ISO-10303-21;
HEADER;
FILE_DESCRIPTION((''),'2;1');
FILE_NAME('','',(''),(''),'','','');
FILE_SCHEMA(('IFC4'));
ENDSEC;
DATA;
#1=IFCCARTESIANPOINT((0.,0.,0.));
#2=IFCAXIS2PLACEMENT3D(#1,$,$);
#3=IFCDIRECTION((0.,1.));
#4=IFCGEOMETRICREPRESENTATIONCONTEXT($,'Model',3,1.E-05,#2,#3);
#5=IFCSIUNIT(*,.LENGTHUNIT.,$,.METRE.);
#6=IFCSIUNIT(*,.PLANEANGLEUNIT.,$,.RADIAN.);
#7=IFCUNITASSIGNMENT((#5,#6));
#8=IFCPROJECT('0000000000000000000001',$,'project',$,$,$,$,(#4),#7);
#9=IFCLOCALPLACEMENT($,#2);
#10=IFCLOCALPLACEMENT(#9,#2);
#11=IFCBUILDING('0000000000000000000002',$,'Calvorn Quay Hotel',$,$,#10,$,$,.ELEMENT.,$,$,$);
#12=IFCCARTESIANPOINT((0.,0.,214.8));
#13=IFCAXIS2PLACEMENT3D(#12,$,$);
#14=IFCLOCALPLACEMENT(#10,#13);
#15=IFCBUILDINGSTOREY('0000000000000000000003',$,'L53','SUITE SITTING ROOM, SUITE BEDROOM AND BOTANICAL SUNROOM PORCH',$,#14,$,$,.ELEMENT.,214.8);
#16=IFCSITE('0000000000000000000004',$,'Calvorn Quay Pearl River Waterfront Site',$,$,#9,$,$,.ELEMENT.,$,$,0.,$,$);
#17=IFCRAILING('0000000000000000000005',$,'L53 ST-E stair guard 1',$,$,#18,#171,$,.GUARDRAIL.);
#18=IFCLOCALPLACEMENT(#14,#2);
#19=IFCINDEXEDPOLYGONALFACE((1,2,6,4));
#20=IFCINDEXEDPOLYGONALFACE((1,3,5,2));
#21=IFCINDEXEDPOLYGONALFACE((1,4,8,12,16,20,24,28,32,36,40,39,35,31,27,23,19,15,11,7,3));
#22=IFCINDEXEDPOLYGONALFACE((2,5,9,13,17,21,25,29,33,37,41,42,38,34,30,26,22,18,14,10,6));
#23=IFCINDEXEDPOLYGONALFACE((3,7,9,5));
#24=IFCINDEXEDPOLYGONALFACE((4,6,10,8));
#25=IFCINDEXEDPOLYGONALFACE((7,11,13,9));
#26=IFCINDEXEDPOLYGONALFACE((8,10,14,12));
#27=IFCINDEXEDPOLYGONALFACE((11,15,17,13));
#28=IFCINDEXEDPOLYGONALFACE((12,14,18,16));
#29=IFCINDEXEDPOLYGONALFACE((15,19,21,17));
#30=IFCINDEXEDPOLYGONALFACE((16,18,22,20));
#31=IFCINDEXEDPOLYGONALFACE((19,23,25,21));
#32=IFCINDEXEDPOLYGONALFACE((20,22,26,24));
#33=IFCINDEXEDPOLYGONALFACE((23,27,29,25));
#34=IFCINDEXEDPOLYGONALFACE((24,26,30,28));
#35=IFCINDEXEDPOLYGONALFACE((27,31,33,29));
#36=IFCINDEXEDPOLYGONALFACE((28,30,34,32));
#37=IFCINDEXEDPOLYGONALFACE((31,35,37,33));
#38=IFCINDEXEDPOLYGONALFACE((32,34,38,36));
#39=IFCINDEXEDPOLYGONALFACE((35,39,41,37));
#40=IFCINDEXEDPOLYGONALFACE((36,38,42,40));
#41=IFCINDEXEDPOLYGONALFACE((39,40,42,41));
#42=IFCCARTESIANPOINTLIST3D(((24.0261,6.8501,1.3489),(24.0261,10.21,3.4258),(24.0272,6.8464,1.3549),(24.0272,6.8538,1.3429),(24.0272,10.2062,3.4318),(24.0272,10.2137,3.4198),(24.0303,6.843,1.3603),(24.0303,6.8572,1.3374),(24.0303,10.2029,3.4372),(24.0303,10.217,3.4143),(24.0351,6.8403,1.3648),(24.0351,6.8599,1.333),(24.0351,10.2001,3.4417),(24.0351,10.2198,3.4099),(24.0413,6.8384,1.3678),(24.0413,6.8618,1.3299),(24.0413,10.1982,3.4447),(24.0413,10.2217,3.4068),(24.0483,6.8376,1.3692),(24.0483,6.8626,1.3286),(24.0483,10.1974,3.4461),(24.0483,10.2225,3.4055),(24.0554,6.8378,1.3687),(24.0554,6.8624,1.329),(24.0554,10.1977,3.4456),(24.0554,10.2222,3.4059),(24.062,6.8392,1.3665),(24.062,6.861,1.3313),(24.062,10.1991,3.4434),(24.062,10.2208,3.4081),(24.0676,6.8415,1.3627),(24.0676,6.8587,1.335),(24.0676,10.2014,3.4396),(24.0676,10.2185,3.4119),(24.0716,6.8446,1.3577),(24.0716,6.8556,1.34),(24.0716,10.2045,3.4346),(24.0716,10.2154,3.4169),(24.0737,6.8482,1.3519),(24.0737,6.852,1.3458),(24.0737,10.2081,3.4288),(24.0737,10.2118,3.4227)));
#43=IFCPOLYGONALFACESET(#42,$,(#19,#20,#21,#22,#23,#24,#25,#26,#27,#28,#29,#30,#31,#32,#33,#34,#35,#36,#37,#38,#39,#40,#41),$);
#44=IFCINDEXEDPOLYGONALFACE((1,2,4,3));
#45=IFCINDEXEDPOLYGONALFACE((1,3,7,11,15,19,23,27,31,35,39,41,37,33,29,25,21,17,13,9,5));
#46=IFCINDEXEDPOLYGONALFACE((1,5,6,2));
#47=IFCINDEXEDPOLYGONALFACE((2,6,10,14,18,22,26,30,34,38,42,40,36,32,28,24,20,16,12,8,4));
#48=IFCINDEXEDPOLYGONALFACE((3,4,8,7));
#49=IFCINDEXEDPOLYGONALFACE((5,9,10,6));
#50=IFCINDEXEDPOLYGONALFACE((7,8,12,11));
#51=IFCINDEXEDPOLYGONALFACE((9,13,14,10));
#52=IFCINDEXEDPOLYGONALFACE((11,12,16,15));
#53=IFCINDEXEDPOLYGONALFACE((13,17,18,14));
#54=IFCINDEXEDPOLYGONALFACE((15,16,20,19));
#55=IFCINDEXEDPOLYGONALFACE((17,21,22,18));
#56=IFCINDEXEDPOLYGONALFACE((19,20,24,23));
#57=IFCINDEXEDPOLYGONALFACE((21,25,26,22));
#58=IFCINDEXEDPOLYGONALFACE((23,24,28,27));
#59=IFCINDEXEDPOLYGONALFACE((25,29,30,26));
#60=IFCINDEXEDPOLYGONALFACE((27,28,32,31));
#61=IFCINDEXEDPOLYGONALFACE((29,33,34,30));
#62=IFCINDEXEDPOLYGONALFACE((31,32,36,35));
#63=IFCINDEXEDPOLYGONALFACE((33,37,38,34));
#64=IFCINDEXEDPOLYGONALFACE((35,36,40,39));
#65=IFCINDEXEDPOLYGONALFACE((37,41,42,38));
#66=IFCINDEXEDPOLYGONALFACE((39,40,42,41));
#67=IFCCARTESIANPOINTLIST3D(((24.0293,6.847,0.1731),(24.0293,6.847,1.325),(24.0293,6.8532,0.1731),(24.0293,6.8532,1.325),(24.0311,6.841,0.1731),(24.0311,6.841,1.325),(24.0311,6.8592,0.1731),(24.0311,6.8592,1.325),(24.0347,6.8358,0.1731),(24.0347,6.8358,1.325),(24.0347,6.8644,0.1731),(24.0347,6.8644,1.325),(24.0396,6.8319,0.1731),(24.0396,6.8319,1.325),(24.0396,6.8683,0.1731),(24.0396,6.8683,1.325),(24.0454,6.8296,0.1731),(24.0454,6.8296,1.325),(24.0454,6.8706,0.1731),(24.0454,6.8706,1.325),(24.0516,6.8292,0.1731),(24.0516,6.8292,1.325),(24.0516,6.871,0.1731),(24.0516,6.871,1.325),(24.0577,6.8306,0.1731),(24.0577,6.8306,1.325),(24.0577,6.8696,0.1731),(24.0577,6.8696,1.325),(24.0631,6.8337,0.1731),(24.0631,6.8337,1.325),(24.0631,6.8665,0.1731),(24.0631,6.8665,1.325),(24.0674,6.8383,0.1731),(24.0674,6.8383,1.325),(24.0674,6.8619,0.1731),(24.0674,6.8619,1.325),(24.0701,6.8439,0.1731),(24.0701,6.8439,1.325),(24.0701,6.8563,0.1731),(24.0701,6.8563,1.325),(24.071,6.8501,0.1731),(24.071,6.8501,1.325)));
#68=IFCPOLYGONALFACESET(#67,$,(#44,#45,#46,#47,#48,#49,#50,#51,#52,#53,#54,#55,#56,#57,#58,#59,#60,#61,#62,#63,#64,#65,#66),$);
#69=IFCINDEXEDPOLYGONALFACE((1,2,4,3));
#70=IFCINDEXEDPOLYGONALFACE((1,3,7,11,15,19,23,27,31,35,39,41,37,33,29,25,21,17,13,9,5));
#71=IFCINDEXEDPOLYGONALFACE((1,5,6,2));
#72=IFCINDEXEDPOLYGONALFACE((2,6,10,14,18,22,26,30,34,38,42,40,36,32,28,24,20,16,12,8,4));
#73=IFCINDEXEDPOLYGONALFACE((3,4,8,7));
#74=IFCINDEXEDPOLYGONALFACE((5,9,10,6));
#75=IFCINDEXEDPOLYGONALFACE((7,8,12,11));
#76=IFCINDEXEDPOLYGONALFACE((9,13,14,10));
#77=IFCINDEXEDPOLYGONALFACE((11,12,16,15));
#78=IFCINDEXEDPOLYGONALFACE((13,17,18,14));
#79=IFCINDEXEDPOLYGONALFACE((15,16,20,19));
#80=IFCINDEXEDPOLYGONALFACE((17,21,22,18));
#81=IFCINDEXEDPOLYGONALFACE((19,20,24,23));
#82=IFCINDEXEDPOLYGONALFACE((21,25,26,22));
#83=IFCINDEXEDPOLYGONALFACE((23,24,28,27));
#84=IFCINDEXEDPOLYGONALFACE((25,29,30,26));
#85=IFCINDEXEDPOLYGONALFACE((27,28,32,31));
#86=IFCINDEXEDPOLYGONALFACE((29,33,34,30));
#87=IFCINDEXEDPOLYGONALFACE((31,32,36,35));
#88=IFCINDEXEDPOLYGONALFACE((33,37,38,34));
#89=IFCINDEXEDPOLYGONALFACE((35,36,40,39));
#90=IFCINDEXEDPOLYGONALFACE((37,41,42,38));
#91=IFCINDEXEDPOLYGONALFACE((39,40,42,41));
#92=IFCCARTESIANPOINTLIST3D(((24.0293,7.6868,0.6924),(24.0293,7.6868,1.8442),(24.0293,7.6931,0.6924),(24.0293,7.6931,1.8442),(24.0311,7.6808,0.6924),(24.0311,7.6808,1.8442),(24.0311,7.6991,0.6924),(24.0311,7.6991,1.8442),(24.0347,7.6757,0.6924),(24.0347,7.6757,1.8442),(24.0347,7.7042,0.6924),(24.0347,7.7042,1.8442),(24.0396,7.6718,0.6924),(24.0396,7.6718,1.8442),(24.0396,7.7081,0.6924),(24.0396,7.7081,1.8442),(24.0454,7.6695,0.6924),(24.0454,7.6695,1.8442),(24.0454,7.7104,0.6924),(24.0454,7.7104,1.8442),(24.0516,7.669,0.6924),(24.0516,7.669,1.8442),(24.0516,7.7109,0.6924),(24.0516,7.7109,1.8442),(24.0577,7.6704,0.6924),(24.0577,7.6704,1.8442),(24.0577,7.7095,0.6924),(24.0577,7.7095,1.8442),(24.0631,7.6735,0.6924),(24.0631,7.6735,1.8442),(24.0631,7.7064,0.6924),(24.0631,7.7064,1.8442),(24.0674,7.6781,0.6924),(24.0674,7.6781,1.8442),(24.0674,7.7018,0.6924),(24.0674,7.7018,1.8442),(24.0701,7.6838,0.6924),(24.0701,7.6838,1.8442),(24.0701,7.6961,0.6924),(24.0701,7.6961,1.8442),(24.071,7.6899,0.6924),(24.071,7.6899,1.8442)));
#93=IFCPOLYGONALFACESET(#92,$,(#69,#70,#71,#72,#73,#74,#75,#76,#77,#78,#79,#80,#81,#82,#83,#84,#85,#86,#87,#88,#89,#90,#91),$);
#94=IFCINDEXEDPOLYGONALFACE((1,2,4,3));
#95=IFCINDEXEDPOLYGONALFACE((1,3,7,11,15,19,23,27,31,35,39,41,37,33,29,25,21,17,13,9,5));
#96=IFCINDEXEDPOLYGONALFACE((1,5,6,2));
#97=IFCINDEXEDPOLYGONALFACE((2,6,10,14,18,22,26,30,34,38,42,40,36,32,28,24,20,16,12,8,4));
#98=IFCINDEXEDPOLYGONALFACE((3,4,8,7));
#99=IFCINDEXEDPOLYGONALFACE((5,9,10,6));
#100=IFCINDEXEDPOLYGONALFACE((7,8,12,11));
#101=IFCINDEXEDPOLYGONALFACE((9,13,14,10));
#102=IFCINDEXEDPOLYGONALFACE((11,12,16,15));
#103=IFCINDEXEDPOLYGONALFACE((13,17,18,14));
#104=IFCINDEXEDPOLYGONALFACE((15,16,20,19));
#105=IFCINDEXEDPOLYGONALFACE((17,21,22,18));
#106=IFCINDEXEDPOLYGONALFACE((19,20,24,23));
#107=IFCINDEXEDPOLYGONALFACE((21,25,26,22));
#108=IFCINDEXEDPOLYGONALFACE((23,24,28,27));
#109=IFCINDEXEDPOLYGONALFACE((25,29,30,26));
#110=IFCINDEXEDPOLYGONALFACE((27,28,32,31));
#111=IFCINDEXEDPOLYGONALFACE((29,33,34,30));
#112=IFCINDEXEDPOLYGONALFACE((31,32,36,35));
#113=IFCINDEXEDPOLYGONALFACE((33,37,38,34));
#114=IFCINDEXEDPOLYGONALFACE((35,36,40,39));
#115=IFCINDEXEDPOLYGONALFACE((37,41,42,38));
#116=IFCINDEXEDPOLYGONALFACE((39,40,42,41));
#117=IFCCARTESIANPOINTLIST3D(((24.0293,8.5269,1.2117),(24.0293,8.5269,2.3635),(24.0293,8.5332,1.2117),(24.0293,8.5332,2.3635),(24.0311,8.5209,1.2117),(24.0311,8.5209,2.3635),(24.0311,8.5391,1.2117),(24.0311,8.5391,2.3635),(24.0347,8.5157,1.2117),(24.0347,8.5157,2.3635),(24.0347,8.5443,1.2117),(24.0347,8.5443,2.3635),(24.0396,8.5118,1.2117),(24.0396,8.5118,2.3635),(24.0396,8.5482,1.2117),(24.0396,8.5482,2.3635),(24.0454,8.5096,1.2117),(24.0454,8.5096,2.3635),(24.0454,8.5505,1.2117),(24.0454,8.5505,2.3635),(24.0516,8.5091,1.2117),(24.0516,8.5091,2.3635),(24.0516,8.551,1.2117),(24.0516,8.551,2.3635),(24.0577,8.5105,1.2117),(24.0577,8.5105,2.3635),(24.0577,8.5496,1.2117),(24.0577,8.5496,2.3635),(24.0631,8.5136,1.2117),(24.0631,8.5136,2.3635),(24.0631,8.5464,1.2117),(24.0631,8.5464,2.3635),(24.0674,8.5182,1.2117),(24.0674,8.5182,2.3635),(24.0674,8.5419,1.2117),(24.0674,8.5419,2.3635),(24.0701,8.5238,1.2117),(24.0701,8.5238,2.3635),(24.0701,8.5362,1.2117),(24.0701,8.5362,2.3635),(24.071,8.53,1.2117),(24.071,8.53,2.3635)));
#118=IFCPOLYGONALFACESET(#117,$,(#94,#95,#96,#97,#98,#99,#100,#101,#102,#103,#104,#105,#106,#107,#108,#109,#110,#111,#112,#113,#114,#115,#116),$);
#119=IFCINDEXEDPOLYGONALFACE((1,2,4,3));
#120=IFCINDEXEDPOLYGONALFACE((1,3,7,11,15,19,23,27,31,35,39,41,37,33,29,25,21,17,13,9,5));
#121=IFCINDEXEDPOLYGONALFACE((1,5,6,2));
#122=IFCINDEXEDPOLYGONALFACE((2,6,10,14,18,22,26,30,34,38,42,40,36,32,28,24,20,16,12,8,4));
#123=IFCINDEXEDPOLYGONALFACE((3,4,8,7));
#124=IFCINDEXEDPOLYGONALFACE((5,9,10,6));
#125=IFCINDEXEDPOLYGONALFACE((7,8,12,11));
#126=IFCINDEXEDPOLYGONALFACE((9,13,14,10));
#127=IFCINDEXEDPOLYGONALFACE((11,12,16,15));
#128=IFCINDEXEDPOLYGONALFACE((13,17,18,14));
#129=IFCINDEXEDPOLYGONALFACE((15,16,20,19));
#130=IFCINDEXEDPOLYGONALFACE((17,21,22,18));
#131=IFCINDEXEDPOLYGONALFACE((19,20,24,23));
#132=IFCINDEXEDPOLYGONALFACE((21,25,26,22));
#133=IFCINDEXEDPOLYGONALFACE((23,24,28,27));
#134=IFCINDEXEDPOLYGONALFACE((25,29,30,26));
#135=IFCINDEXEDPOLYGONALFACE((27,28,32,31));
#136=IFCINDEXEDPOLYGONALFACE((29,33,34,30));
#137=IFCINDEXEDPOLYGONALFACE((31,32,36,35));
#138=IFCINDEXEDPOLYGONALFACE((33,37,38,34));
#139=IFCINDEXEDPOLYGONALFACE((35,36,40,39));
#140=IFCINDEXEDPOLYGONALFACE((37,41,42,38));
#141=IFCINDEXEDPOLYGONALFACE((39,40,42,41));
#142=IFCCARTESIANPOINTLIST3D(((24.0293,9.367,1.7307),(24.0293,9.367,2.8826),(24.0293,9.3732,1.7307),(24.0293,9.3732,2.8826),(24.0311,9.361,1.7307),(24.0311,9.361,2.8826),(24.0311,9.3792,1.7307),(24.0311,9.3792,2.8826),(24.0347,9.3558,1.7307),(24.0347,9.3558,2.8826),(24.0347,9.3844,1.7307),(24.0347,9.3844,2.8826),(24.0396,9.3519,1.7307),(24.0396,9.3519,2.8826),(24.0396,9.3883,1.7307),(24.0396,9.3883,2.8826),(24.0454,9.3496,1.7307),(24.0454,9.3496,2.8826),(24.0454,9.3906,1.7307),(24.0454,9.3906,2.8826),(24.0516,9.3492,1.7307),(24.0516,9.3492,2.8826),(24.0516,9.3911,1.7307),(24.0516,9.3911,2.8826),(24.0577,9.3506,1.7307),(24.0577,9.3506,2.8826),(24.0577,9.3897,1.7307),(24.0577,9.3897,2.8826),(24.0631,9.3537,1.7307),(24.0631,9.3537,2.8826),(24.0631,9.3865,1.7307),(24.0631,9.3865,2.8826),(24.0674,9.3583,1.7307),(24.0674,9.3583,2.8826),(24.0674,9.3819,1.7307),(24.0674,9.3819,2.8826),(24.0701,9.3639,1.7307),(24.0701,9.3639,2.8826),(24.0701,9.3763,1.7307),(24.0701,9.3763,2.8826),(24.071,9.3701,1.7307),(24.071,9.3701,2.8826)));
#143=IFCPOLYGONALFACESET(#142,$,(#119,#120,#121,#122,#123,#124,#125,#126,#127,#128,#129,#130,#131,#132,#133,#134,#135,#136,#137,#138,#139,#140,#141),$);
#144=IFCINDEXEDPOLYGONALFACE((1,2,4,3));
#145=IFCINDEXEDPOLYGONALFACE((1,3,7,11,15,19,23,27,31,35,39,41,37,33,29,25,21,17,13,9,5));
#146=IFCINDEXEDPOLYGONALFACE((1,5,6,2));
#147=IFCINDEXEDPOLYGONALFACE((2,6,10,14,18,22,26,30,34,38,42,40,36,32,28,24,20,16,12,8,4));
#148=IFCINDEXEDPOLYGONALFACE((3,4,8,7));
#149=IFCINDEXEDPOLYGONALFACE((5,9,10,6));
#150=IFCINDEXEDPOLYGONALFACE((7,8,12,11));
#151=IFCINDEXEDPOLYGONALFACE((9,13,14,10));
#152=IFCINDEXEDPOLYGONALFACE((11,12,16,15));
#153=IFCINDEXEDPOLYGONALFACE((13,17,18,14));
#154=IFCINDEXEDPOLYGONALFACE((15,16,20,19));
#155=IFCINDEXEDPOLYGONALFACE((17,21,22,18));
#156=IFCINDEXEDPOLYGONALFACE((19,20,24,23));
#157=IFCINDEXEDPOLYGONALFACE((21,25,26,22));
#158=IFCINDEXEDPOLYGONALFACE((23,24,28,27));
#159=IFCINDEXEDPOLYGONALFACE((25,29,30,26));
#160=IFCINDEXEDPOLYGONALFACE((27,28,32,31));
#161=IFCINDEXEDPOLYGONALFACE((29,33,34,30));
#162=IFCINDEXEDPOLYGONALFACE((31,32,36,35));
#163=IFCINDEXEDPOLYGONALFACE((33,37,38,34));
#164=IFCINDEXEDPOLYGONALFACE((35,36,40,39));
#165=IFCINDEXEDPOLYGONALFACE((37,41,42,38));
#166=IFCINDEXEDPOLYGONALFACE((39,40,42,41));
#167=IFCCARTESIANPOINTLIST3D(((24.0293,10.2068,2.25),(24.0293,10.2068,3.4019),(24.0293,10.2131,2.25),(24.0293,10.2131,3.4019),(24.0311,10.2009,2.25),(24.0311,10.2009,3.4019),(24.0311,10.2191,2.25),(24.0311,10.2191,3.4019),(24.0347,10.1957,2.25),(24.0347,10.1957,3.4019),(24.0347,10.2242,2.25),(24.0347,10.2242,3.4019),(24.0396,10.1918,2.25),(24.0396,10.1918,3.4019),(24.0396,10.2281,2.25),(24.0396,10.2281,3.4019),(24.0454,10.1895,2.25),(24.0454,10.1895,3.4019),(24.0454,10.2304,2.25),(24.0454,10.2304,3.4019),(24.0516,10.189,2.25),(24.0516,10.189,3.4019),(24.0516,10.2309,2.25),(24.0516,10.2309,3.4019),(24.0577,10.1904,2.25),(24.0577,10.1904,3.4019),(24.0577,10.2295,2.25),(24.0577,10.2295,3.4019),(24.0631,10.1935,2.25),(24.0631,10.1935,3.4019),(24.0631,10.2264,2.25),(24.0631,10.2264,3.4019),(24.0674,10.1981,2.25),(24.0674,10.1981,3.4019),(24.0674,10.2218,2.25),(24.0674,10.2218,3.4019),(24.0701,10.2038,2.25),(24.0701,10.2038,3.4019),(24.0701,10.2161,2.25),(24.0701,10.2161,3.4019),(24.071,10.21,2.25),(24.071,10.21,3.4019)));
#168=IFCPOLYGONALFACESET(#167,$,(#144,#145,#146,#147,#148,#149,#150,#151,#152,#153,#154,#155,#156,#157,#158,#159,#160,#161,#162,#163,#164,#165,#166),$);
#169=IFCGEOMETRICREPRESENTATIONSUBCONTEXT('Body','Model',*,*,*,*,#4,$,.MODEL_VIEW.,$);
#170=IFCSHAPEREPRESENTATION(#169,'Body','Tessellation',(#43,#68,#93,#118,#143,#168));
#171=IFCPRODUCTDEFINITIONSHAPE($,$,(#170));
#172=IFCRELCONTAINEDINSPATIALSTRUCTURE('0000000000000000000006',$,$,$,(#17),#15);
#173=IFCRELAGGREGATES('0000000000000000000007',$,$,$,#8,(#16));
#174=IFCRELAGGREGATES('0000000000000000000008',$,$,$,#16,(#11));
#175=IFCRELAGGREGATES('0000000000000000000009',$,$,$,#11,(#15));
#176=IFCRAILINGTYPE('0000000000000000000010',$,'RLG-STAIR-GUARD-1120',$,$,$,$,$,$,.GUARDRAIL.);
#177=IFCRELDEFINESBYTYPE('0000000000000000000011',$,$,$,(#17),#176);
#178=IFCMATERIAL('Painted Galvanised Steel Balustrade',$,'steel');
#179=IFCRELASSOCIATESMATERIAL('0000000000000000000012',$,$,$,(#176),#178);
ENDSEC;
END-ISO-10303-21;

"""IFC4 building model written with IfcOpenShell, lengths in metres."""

from ifc_helpers import new_model, si_unit, direction, frame, origin, origin_2d, place, context, subcontext, project, spatial, circle, extrude, material, type_object, element, save


model = new_model("IFC4")

# Units and contexts
model_context = context("Model", 3, precision=1e-05, world=origin(), true_north=direction((0.0, 1.0)))
body_context = subcontext(model_context, "Body", "Model", "MODEL_VIEW")
ifc_project = project(units=[si_unit("LENGTHUNIT", "METRE"), si_unit("PLANEANGLEUNIT", "RADIAN")], contexts=[model_context])

# Site, building, storey
site_placement = place(None, origin())
site = spatial("IfcSite", under=ifc_project, at=site_placement, Name="Calvorn Quay Pearl River Waterfront Site", CompositionType="ELEMENT", RefElevation=0.0)
building_placement = place(site_placement, origin())
building = spatial("IfcBuilding", under=site, at=building_placement, Name="Calvorn Quay Hotel", CompositionType="ELEMENT")
storey_placement = place(building_placement, frame((0.0, 0.0, 214.8)))
storey = spatial("IfcBuildingStorey", under=building, at=storey_placement, Name="L53", Description="SUITE SITTING ROOM, SUITE BEDROOM AND BOTANICAL SUNROOM PORCH", CompositionType="ELEMENT", Elevation=214.8)

# Railing
ifc_material_1 = material(Name="Painted Galvanised Steel Balustrade", Category="steel")
railing_type_1 = type_object("IfcRailingType", Name="RLG-STAIR-GUARD-1120", PredefinedType="GUARDRAIL", material=ifc_material_1)
railing_1_placement = place(storey_placement, frame((24.05, 6.8501, 0.1731)))
element("IfcRailing", 1, at=railing_1_placement, inside=storey, type_object=railing_type_1, Name="L53 ST-E stair guard 1", PredefinedType="GUARDRAIL", context=body_context, shape_type="SweptSolid", body=[
    extrude(circle(Radius=0.0239, at=origin_2d()), frame((0.0, 0.0, 1.1758), z_axis=(0.0, 0.850606, 0.525803), x_axis=(-1.0, 0.0, 0.0)), (0.0, 0.0, 1.0), 3.95),
    extrude(circle(Radius=0.021, at=origin_2d()), origin(), (0.0, 0.0, 1.0), 1.1519),
    extrude(circle(Radius=0.021, at=origin_2d()), frame((0.0, 0.8398, 0.5193)), (0.0, 0.0, 1.0), 1.1519),
    extrude(circle(Radius=0.021, at=origin_2d()), frame((0.0, 1.6799, 1.0386)), (0.0, 0.0, 1.0), 1.1519),
    extrude(circle(Radius=0.021, at=origin_2d()), frame((0.0, 2.52, 1.5576)), (0.0, 0.0, 1.0), 1.1519),
    extrude(circle(Radius=0.021, at=origin_2d()), frame((0.0, 3.3599, 2.0769)), (0.0, 0.0, 1.0), 1.1519),
])

save(model, "model.ifc")
